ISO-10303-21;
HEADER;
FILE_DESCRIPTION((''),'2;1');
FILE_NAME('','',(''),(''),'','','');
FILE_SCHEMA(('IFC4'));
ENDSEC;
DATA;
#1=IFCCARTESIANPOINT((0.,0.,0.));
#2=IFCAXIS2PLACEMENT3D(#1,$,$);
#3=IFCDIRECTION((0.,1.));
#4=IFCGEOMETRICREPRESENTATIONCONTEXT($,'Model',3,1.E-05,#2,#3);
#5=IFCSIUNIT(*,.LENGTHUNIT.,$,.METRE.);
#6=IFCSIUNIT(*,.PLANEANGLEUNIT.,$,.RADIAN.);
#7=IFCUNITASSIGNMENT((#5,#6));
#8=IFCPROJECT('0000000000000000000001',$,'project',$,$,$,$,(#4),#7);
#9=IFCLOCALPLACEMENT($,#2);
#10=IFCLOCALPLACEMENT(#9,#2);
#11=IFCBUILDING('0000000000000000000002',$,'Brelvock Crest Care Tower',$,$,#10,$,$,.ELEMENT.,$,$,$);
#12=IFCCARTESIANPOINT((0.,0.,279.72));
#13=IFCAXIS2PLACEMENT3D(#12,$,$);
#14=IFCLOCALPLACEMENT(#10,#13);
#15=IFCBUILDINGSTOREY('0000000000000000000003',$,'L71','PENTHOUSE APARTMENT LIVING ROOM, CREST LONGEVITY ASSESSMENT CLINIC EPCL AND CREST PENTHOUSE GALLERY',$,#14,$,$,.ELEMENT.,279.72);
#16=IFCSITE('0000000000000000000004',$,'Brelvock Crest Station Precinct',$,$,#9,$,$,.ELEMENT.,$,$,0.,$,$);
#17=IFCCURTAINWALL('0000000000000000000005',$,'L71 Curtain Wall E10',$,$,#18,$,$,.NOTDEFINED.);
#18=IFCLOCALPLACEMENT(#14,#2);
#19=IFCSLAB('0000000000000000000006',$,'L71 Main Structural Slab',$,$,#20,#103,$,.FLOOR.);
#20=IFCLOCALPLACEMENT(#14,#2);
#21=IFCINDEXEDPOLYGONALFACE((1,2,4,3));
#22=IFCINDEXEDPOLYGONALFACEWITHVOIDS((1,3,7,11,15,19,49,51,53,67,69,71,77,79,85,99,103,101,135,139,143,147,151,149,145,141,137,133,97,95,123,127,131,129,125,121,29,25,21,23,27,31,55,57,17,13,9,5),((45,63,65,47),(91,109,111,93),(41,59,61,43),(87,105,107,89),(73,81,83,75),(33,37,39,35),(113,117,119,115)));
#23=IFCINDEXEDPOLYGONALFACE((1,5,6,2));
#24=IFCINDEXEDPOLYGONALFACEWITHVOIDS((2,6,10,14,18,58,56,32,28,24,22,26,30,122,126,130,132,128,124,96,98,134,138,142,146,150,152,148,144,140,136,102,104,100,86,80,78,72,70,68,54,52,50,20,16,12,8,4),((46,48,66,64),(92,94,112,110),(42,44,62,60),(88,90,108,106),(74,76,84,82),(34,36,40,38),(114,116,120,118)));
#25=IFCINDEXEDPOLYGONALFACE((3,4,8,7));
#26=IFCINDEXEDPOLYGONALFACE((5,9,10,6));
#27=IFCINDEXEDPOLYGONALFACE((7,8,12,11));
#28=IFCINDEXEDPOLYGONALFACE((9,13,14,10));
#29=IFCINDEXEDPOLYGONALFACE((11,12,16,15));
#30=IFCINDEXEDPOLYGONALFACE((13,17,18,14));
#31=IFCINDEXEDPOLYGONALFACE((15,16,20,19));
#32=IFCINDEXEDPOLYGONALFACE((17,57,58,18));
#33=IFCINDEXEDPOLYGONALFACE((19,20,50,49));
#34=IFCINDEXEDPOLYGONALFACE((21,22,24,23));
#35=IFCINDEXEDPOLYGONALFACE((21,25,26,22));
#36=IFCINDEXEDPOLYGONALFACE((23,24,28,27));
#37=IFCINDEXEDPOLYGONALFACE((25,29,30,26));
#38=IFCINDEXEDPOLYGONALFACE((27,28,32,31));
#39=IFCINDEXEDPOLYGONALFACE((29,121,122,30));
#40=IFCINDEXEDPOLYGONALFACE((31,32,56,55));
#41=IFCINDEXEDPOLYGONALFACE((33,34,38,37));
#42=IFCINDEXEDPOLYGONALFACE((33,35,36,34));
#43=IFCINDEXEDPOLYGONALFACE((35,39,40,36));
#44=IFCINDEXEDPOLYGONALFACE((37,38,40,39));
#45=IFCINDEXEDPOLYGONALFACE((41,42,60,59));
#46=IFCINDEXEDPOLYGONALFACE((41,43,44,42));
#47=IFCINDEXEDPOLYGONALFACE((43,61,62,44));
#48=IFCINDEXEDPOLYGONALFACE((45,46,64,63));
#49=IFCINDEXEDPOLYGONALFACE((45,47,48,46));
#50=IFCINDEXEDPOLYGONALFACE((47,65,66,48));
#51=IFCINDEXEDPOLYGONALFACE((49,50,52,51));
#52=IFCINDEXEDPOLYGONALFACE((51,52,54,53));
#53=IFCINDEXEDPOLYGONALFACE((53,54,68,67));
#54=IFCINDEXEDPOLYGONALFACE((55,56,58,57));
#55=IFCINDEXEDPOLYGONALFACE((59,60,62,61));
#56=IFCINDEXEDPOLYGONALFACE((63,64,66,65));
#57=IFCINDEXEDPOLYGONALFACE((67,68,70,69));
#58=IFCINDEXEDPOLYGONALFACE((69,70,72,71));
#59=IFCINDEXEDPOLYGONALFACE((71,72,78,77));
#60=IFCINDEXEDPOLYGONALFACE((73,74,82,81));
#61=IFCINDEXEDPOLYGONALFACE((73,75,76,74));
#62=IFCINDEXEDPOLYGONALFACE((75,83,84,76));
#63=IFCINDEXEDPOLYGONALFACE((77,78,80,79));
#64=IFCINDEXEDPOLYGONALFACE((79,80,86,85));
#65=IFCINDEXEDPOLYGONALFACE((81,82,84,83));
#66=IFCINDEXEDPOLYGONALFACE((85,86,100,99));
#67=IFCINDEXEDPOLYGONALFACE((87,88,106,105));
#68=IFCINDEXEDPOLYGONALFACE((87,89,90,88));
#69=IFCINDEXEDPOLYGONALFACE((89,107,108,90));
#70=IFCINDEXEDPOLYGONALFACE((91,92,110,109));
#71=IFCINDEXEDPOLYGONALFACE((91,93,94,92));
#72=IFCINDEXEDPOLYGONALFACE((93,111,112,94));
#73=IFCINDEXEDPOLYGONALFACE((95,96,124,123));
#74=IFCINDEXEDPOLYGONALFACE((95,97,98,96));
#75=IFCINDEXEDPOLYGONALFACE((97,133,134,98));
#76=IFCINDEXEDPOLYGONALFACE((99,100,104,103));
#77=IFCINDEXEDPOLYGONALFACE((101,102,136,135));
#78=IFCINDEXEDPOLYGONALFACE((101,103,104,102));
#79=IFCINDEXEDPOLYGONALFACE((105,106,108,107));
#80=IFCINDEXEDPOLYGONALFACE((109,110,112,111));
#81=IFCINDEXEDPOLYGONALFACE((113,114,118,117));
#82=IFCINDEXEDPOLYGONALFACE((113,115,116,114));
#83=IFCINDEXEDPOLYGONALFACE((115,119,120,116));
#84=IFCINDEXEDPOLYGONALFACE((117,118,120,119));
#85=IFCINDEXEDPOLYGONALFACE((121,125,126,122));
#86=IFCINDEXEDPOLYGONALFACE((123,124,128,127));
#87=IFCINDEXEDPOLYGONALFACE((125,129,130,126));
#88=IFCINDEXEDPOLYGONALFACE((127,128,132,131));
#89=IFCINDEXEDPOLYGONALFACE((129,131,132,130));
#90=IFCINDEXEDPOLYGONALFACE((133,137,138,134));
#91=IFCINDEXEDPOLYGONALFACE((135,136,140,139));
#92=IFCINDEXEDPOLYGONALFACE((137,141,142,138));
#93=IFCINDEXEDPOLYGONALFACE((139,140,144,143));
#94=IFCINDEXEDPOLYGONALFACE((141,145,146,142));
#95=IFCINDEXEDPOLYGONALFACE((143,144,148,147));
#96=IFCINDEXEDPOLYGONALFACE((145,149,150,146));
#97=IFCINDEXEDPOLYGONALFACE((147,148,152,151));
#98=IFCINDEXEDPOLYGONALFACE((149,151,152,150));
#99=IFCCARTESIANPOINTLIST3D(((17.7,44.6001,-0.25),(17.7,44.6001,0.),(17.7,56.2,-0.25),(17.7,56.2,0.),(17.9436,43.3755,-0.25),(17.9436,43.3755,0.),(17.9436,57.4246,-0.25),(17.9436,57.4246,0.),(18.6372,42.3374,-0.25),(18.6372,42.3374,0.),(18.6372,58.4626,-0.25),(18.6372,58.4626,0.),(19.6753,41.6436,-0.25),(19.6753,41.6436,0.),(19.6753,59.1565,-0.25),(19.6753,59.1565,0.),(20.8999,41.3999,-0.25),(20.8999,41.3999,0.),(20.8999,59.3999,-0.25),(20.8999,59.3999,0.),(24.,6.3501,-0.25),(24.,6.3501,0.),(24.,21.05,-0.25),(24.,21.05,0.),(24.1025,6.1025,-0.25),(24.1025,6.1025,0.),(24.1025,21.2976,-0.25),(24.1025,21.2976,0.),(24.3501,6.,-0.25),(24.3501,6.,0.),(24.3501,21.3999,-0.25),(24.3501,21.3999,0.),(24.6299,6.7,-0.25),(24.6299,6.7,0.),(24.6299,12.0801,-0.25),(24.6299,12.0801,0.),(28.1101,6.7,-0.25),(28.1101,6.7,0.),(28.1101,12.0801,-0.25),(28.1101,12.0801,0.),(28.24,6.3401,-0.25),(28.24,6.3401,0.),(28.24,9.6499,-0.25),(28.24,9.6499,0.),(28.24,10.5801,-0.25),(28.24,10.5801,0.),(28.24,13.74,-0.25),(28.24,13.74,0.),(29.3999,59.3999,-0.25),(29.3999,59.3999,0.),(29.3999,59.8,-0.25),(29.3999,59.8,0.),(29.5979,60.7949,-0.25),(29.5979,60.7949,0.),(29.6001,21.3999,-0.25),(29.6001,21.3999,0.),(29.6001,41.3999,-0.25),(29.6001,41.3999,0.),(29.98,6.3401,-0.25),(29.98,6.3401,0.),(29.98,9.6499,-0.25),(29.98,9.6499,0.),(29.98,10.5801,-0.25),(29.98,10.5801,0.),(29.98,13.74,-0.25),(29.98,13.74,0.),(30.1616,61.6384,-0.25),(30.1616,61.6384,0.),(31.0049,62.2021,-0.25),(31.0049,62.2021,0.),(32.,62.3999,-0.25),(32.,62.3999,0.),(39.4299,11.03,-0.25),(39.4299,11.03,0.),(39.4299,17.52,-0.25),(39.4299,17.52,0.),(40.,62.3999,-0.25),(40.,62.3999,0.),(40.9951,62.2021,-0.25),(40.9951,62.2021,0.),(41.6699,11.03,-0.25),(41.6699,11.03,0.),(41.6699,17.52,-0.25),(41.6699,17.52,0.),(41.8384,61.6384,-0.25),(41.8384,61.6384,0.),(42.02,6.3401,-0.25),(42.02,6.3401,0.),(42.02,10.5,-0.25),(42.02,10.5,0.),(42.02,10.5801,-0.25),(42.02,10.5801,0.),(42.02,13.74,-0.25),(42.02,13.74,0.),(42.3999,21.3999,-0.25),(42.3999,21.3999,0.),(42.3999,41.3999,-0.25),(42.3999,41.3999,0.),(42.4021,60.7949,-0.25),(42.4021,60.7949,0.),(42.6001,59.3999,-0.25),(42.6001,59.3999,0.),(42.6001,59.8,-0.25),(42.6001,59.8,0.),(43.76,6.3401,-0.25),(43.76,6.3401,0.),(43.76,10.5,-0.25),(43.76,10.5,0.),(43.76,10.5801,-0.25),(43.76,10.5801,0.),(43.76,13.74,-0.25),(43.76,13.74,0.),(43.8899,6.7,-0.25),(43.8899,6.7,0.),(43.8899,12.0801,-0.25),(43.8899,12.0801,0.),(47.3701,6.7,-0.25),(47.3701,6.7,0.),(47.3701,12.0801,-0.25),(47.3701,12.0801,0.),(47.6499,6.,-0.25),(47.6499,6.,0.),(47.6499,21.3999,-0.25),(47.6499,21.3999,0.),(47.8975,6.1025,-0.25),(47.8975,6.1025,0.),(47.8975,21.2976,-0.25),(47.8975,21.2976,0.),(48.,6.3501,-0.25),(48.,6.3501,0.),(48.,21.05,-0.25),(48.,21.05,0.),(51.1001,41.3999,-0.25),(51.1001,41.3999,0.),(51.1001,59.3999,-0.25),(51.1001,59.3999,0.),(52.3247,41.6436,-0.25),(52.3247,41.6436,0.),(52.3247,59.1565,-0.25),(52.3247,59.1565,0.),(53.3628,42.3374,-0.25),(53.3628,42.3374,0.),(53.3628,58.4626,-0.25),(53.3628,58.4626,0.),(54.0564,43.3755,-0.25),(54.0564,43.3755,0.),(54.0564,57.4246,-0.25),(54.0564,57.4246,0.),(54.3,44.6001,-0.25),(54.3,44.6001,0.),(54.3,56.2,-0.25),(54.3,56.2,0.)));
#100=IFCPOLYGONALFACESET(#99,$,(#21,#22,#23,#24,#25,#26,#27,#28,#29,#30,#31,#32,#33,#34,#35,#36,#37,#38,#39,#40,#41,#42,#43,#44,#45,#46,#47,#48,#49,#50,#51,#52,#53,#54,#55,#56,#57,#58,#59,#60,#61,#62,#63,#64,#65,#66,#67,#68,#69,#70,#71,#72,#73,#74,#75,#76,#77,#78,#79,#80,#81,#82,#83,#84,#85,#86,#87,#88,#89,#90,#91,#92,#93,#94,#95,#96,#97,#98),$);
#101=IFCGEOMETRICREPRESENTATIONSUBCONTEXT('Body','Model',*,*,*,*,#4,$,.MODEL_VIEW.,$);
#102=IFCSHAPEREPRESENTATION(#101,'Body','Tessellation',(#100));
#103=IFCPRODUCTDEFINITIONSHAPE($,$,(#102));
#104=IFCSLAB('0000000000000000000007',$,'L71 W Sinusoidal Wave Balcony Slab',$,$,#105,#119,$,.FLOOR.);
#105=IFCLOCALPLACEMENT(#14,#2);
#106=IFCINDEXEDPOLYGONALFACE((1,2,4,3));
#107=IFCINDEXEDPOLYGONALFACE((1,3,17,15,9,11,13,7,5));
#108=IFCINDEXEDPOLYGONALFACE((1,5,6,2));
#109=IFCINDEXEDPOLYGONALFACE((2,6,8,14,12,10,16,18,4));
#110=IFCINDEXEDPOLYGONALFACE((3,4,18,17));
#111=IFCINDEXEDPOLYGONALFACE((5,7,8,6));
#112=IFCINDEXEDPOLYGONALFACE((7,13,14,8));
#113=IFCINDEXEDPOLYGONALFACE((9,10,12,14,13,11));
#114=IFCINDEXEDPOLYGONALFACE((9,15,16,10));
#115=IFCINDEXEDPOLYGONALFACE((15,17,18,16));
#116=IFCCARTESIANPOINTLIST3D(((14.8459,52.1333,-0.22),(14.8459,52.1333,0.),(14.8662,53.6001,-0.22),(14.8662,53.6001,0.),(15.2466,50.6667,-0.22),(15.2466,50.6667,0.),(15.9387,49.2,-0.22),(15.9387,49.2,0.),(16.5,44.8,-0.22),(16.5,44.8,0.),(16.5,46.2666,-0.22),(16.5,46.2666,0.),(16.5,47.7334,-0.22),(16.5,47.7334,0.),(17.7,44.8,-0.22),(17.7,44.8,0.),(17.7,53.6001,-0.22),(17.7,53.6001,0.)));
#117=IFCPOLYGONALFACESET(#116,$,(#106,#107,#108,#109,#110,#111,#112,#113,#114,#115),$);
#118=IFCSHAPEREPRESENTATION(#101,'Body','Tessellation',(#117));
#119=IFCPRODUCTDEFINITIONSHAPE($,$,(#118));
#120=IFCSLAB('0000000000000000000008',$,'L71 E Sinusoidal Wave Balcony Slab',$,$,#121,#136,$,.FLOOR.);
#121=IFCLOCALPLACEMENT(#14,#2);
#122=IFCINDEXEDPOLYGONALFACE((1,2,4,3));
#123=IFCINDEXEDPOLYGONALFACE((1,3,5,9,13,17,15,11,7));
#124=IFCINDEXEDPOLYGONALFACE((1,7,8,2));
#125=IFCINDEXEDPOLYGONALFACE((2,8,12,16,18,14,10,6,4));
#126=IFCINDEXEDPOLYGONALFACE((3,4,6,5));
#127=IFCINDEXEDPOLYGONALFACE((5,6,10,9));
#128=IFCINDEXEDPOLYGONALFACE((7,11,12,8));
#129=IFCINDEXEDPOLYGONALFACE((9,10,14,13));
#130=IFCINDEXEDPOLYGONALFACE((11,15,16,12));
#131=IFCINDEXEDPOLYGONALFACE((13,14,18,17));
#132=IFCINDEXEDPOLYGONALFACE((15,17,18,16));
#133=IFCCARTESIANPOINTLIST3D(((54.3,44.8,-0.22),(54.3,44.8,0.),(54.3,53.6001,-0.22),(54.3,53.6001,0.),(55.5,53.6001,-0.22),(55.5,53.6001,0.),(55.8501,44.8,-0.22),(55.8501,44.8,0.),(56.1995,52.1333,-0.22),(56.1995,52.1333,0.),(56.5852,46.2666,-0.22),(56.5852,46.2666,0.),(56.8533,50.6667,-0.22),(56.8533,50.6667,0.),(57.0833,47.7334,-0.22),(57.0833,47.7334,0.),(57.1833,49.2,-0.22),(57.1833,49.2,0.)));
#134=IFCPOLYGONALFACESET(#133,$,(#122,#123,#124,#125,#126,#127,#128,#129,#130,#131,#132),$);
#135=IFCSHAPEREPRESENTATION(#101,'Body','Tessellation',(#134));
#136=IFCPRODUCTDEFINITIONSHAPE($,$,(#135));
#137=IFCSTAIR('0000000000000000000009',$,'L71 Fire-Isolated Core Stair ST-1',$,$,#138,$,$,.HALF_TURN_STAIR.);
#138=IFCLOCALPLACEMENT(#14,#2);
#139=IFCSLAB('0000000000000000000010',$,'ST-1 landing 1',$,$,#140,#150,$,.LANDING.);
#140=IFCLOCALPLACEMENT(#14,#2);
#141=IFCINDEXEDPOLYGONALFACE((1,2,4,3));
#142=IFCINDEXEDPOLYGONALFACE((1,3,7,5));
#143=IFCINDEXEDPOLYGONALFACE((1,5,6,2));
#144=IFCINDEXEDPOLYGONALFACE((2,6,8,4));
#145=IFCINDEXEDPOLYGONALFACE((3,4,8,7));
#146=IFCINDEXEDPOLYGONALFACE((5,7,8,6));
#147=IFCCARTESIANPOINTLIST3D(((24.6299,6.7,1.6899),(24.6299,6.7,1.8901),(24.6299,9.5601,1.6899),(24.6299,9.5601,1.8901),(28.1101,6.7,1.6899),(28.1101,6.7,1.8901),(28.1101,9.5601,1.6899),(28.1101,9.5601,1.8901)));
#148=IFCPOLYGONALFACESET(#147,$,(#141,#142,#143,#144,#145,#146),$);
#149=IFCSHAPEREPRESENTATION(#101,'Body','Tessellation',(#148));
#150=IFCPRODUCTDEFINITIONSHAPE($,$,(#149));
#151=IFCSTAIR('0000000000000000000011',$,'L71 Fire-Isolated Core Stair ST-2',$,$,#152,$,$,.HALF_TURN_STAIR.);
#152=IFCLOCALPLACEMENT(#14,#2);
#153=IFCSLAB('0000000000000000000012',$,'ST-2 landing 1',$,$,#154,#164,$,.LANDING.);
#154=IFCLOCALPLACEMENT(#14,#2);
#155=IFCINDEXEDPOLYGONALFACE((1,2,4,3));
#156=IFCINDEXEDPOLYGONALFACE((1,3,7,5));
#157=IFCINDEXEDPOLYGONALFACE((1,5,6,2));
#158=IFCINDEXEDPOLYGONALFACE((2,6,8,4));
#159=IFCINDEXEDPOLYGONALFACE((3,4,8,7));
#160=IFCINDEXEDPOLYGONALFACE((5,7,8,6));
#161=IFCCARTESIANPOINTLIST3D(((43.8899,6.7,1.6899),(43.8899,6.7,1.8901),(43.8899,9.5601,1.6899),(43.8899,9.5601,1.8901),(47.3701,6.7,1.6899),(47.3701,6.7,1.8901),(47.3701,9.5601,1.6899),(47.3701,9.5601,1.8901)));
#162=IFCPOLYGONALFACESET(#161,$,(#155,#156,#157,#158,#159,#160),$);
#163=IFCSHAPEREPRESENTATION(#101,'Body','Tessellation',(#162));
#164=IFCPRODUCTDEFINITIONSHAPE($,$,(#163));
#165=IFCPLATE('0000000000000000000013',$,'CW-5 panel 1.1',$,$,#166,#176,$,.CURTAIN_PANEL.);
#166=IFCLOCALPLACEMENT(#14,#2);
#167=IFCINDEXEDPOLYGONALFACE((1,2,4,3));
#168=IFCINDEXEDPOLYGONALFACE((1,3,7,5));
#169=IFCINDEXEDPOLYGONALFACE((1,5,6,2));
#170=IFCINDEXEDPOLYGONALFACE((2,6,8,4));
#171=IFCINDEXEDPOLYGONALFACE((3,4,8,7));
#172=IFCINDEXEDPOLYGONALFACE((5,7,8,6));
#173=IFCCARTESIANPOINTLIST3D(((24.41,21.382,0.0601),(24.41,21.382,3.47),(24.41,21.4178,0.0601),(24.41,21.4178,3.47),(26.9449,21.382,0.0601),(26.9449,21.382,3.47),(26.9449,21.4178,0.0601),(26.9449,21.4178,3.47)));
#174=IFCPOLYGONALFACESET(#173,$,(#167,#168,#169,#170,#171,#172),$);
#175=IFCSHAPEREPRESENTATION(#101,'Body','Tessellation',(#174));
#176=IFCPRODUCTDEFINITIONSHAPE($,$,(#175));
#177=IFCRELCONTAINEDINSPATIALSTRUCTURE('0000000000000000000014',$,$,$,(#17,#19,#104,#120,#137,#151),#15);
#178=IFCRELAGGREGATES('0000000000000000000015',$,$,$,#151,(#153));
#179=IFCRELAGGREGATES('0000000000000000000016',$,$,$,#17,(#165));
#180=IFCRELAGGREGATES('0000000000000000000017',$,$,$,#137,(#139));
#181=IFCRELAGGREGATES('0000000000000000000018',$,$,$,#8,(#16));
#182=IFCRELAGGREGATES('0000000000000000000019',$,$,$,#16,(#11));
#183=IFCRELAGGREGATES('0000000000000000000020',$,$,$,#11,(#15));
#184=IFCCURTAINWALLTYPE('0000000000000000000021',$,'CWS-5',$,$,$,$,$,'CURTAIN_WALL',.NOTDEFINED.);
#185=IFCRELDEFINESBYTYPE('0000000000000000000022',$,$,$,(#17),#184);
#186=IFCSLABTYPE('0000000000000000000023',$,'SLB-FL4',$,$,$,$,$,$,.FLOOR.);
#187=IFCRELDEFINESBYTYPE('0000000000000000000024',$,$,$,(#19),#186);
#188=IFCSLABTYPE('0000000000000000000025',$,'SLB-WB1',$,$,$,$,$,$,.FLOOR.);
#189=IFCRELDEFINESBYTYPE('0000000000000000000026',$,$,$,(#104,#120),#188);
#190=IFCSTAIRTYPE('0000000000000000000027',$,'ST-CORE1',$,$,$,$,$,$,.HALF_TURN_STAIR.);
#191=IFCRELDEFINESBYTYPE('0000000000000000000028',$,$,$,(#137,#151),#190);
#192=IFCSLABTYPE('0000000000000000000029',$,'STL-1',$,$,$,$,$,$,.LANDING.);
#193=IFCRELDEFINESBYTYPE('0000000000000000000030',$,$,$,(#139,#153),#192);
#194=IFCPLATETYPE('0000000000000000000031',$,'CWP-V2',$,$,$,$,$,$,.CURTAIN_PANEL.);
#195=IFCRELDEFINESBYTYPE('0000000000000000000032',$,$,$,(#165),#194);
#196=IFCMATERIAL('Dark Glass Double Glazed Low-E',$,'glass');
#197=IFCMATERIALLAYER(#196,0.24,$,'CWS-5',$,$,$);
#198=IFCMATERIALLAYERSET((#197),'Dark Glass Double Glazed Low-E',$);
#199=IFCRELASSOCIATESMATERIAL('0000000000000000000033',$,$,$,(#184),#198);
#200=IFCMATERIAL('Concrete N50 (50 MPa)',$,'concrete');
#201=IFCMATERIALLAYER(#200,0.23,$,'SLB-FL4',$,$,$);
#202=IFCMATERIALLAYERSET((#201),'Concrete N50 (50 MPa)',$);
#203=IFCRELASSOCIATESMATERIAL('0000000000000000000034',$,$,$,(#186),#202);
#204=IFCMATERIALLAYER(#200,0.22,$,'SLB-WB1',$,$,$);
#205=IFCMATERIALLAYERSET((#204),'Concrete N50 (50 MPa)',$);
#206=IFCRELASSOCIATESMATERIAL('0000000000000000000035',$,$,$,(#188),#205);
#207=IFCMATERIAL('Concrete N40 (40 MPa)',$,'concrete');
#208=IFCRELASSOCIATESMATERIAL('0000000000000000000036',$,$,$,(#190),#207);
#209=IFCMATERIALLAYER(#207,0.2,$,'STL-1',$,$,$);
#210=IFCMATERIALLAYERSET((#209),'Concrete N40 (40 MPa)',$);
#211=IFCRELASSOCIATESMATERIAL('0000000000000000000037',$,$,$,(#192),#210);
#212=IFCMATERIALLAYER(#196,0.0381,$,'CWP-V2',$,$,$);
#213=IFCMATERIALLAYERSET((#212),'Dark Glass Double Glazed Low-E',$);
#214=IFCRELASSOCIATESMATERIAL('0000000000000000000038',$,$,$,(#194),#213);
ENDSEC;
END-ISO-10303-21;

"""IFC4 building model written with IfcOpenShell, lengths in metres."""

from ifc_helpers import new_model, si_unit, direction, frame, origin, origin_2d, place, context, subcontext, project, spatial, polyline, rectangle, outline, extrude, source, transform, mapped, material, layer, layer_set, type_object, element, aggregate, save


model = new_model("IFC4")

# Units and contexts
model_context = context("Model", 3, precision=1e-05, world=origin(), true_north=direction((0.0, 1.0)))
body_context = subcontext(model_context, "Body", "Model", "MODEL_VIEW")
ifc_project = project(units=[si_unit("LENGTHUNIT", "METRE"), si_unit("PLANEANGLEUNIT", "RADIAN")], contexts=[model_context])

# Site, building, storey
site_placement = place(None, origin())
site = spatial("IfcSite", under=ifc_project, at=site_placement, Name="Brelvock Crest Station Precinct", CompositionType="ELEMENT", RefElevation=0.0)
building_placement = place(site_placement, origin())
building = spatial("IfcBuilding", under=site, at=building_placement, Name="Brelvock Crest Care Tower", CompositionType="ELEMENT")
storey_placement = place(building_placement, frame((0.0, 0.0, 279.72)))
storey = spatial("IfcBuildingStorey", under=building, at=storey_placement, Name="L71", Description="PENTHOUSE APARTMENT LIVING ROOM, CREST LONGEVITY ASSESSMENT CLINIC EPCL AND CREST PENTHOUSE GALLERY", CompositionType="ELEMENT", Elevation=279.72)

# Curtain wall
ifc_material_1 = material(Name="Dark Glass Double Glazed Low-E", Category="glass")
ifc_layer_1 = layer(ifc_material_1, 0.24, Name="CWS-5")
ifc_layer_set_1 = layer_set([ifc_layer_1], Name="Dark Glass Double Glazed Low-E")
curtain_wall_type = type_object("IfcCurtainWallType", Name="CWS-5", ElementType="CURTAIN_WALL", PredefinedType="NOTDEFINED", material=ifc_layer_set_1)
curtain_wall_placement = place(storey_placement, origin())
curtain_wall = element("IfcCurtainWall", 1, at=curtain_wall_placement, inside=storey, type_object=curtain_wall_type, Name="L71 Curtain Wall E10", PredefinedType="NOTDEFINED")

# Slabs
ifc_material_2 = material(Name="Concrete N50 (50 MPa)", Category="concrete")
ifc_layer_2 = layer(ifc_material_2, 0.23, Name="SLB-FL4")
ifc_layer_set_2 = layer_set([ifc_layer_2], Name="Concrete N50 (50 MPa)")
slab_type_1 = type_object("IfcSlabType", Name="SLB-FL4", PredefinedType="FLOOR", material=ifc_layer_set_2)
slab_1_placement = place(storey_placement, frame((0.0, 0.0, -0.25)))
element("IfcSlab", 2, at=slab_1_placement, inside=storey, type_object=slab_type_1, Name="L71 Main Structural Slab", PredefinedType="FLOOR", context=body_context, shape_type="SweptSolid", body=[
    extrude(outline(polyline([(47.6499, 21.3999), (42.3999, 21.3999), (42.3999, 41.3999), (51.1001, 41.3999), (52.3247, 41.6436), (53.3628, 42.3374), (54.0564, 43.3755), (54.3, 44.6001), (54.3, 56.2), (54.0564, 57.4246), (53.3628, 58.4626), (52.3247, 59.1565), (51.1001, 59.3999), (42.6001, 59.3999), (42.6001, 59.8), (42.4021, 60.7949), (41.8384, 61.6384), (40.9951, 62.2021), (40.0, 62.3999), (32.0, 62.3999), (31.0049, 62.2021), (30.1616, 61.6384), (29.5979, 60.7949), (29.3999, 59.8), (29.3999, 59.3999), (20.8999, 59.3999), (19.6753, 59.1565), (18.6372, 58.4626), (17.9436, 57.4246), (17.7, 56.2), (17.7, 44.6001), (17.9436, 43.3755), (18.6372, 42.3374), (19.6753, 41.6436), (20.8999, 41.3999), (29.6001, 41.3999), (29.6001, 21.3999), (24.3501, 21.3999), (24.1025, 21.2976), (24.0, 21.05), (24.0, 6.3501), (24.1025, 6.1025), (24.3501, 6.0), (47.6499, 6.0), (47.8975, 6.1025), (48.0, 6.3501), (48.0, 21.05), (47.8975, 21.2976), (47.6499, 21.3999)]), holes=[polyline([(28.24, 10.5801), (29.98, 10.5801), (29.98, 13.74), (28.24, 13.74), (28.24, 10.5801)]), polyline([(42.02, 10.5801), (43.76, 10.5801), (43.76, 13.74), (42.02, 13.74), (42.02, 10.5801)]), polyline([(28.24, 6.3401), (29.98, 6.3401), (29.98, 9.6499), (28.24, 9.6499), (28.24, 6.3401)]), polyline([(24.6299, 12.0801), (24.6299, 6.7), (28.1101, 6.7), (28.1101, 12.0801), (24.6299, 12.0801)]), polyline([(43.8899, 12.0801), (43.8899, 6.7), (47.3701, 6.7), (47.3701, 12.0801), (43.8899, 12.0801)]), polyline([(42.02, 6.3401), (43.76, 6.3401), (43.76, 10.5), (42.02, 10.5), (42.02, 6.3401)]), polyline([(39.4299, 11.03), (41.6699, 11.03), (41.6699, 17.52), (39.4299, 17.52), (39.4299, 11.03)])]), origin(), (0.0, 0.0, 1.0), 0.25),
])
ifc_layer_3 = layer(ifc_material_2, 0.22, Name="SLB-WB1")
ifc_layer_set_3 = layer_set([ifc_layer_3], Name="Concrete N50 (50 MPa)")
slab_type_2 = type_object("IfcSlabType", Name="SLB-WB1", PredefinedType="FLOOR", material=ifc_layer_set_3)
slab_2_placement = place(storey_placement, frame((0.0, 0.0, -0.22)))
element("IfcSlab", 3, at=slab_2_placement, inside=storey, type_object=slab_type_2, Name="L71 W Sinusoidal Wave Balcony Slab", PredefinedType="FLOOR", context=body_context, shape_type="SweptSolid", body=[
    extrude(outline(polyline([(17.7, 53.6001), (14.8662, 53.6001), (14.8459, 52.1333), (15.2466, 50.6667), (15.9387, 49.2), (16.5, 47.7334), (16.5, 46.2666), (16.5, 44.8), (17.7, 44.8), (17.7, 53.6001)])), origin(), (0.0, 0.0, 1.0), 0.22),
])
slab_3_placement = place(storey_placement, frame((0.0, 0.0, -0.22)))
element("IfcSlab", 4, at=slab_3_placement, inside=storey, type_object=slab_type_2, Name="L71 E Sinusoidal Wave Balcony Slab", PredefinedType="FLOOR", context=body_context, shape_type="SweptSolid", body=[
    extrude(outline(polyline([(54.3, 44.8), (55.8501, 44.8), (56.5852, 46.2666), (57.0833, 47.7334), (57.1833, 49.2), (56.8533, 50.6667), (56.1995, 52.1333), (55.5, 53.6001), (54.3, 53.6001), (54.3, 44.8)])), origin(), (0.0, 0.0, 1.0), 0.22),
])

# Stairs, slabs
ifc_material_3 = material(Name="Concrete N40 (40 MPa)", Category="concrete")
stair_type = type_object("IfcStairType", Name="ST-CORE1", PredefinedType="HALF_TURN_STAIR", material=ifc_material_3)
stair_1_placement = place(storey_placement, origin())
stair_1 = element("IfcStair", 5, at=stair_1_placement, inside=storey, type_object=stair_type, Name="L71 Fire-Isolated Core Stair ST-1", PredefinedType="HALF_TURN_STAIR")
ifc_layer_4 = layer(ifc_material_3, 0.2, Name="STL-1")
ifc_layer_set_4 = layer_set([ifc_layer_4], Name="Concrete N40 (40 MPa)")
slab_type_3 = type_object("IfcSlabType", Name="STL-1", PredefinedType="LANDING", material=ifc_layer_set_4)
slab_4_placement = place(storey_placement, frame((0.0, 0.0, 1.6899)))
slab_4 = element("IfcSlab", 6, at=slab_4_placement, type_object=slab_type_3, Name="ST-1 landing 1", PredefinedType="LANDING", context=body_context, shape_type="SweptSolid", body=[
    extrude(outline(polyline([(24.6299, 9.5601), (24.6299, 6.7), (28.1101, 6.7), (28.1101, 9.5601), (24.6299, 9.5601)])), origin(), (0.0, 0.0, 1.0), 0.2002),
])
stair_2_placement = place(storey_placement, origin())
stair_2 = element("IfcStair", 7, at=stair_2_placement, inside=storey, type_object=stair_type, Name="L71 Fire-Isolated Core Stair ST-2", PredefinedType="HALF_TURN_STAIR")
slab_5_placement = place(storey_placement, frame((0.0, 0.0, 1.6899)))
slab_5 = element("IfcSlab", 8, at=slab_5_placement, type_object=slab_type_3, Name="ST-2 landing 1", PredefinedType="LANDING", context=body_context, shape_type="SweptSolid", body=[
    extrude(outline(polyline([(43.8899, 9.5601), (43.8899, 6.7), (47.3701, 6.7), (47.3701, 9.5601), (43.8899, 9.5601)])), origin(), (0.0, 0.0, 1.0), 0.2002),
])
aggregate(stair_2, [slab_5])

# Plate
ifc_layer_5 = layer(ifc_material_1, 0.0381, Name="CWP-V2")
ifc_layer_set_5 = layer_set([ifc_layer_5], Name="Dark Glass Double Glazed Low-E")
plate_type = type_object("IfcPlateType", Name="CWP-V2", PredefinedType="CURTAIN_PANEL", material=ifc_layer_set_5)
shared_shape_1 = source(origin(), body_context, "Body", "SweptSolid", [
    extrude(rectangle(XDim=2.5349, YDim=0.0359, at=origin_2d()), origin(), (0.0, 0.0, 1.0), 3.4099),
])
plate_placement = place(storey_placement, frame((25.6775, 21.3999, 0.0601), z_axis=(0.0, 0.0, 1.0), x_axis=(1.0, 0.0, 0.0)))
plate = element("IfcPlate", 9, at=plate_placement, type_object=plate_type, Name="CW-5 panel 1.1", PredefinedType="CURTAIN_PANEL", context=body_context, shape_type="MappedRepresentation", body=[
    mapped(shared_shape_1, transform((0.0, 0.0, 0.0), x_axis=(1.0, 0.0, 0.0), y_axis=(0.0, 1.0, 0.0), z_axis=(0.0, 0.0, 1.0), scale=1.0)),
])
aggregate(curtain_wall, [plate])

aggregate(stair_1, [slab_4])

save(model, "model.ifc")
